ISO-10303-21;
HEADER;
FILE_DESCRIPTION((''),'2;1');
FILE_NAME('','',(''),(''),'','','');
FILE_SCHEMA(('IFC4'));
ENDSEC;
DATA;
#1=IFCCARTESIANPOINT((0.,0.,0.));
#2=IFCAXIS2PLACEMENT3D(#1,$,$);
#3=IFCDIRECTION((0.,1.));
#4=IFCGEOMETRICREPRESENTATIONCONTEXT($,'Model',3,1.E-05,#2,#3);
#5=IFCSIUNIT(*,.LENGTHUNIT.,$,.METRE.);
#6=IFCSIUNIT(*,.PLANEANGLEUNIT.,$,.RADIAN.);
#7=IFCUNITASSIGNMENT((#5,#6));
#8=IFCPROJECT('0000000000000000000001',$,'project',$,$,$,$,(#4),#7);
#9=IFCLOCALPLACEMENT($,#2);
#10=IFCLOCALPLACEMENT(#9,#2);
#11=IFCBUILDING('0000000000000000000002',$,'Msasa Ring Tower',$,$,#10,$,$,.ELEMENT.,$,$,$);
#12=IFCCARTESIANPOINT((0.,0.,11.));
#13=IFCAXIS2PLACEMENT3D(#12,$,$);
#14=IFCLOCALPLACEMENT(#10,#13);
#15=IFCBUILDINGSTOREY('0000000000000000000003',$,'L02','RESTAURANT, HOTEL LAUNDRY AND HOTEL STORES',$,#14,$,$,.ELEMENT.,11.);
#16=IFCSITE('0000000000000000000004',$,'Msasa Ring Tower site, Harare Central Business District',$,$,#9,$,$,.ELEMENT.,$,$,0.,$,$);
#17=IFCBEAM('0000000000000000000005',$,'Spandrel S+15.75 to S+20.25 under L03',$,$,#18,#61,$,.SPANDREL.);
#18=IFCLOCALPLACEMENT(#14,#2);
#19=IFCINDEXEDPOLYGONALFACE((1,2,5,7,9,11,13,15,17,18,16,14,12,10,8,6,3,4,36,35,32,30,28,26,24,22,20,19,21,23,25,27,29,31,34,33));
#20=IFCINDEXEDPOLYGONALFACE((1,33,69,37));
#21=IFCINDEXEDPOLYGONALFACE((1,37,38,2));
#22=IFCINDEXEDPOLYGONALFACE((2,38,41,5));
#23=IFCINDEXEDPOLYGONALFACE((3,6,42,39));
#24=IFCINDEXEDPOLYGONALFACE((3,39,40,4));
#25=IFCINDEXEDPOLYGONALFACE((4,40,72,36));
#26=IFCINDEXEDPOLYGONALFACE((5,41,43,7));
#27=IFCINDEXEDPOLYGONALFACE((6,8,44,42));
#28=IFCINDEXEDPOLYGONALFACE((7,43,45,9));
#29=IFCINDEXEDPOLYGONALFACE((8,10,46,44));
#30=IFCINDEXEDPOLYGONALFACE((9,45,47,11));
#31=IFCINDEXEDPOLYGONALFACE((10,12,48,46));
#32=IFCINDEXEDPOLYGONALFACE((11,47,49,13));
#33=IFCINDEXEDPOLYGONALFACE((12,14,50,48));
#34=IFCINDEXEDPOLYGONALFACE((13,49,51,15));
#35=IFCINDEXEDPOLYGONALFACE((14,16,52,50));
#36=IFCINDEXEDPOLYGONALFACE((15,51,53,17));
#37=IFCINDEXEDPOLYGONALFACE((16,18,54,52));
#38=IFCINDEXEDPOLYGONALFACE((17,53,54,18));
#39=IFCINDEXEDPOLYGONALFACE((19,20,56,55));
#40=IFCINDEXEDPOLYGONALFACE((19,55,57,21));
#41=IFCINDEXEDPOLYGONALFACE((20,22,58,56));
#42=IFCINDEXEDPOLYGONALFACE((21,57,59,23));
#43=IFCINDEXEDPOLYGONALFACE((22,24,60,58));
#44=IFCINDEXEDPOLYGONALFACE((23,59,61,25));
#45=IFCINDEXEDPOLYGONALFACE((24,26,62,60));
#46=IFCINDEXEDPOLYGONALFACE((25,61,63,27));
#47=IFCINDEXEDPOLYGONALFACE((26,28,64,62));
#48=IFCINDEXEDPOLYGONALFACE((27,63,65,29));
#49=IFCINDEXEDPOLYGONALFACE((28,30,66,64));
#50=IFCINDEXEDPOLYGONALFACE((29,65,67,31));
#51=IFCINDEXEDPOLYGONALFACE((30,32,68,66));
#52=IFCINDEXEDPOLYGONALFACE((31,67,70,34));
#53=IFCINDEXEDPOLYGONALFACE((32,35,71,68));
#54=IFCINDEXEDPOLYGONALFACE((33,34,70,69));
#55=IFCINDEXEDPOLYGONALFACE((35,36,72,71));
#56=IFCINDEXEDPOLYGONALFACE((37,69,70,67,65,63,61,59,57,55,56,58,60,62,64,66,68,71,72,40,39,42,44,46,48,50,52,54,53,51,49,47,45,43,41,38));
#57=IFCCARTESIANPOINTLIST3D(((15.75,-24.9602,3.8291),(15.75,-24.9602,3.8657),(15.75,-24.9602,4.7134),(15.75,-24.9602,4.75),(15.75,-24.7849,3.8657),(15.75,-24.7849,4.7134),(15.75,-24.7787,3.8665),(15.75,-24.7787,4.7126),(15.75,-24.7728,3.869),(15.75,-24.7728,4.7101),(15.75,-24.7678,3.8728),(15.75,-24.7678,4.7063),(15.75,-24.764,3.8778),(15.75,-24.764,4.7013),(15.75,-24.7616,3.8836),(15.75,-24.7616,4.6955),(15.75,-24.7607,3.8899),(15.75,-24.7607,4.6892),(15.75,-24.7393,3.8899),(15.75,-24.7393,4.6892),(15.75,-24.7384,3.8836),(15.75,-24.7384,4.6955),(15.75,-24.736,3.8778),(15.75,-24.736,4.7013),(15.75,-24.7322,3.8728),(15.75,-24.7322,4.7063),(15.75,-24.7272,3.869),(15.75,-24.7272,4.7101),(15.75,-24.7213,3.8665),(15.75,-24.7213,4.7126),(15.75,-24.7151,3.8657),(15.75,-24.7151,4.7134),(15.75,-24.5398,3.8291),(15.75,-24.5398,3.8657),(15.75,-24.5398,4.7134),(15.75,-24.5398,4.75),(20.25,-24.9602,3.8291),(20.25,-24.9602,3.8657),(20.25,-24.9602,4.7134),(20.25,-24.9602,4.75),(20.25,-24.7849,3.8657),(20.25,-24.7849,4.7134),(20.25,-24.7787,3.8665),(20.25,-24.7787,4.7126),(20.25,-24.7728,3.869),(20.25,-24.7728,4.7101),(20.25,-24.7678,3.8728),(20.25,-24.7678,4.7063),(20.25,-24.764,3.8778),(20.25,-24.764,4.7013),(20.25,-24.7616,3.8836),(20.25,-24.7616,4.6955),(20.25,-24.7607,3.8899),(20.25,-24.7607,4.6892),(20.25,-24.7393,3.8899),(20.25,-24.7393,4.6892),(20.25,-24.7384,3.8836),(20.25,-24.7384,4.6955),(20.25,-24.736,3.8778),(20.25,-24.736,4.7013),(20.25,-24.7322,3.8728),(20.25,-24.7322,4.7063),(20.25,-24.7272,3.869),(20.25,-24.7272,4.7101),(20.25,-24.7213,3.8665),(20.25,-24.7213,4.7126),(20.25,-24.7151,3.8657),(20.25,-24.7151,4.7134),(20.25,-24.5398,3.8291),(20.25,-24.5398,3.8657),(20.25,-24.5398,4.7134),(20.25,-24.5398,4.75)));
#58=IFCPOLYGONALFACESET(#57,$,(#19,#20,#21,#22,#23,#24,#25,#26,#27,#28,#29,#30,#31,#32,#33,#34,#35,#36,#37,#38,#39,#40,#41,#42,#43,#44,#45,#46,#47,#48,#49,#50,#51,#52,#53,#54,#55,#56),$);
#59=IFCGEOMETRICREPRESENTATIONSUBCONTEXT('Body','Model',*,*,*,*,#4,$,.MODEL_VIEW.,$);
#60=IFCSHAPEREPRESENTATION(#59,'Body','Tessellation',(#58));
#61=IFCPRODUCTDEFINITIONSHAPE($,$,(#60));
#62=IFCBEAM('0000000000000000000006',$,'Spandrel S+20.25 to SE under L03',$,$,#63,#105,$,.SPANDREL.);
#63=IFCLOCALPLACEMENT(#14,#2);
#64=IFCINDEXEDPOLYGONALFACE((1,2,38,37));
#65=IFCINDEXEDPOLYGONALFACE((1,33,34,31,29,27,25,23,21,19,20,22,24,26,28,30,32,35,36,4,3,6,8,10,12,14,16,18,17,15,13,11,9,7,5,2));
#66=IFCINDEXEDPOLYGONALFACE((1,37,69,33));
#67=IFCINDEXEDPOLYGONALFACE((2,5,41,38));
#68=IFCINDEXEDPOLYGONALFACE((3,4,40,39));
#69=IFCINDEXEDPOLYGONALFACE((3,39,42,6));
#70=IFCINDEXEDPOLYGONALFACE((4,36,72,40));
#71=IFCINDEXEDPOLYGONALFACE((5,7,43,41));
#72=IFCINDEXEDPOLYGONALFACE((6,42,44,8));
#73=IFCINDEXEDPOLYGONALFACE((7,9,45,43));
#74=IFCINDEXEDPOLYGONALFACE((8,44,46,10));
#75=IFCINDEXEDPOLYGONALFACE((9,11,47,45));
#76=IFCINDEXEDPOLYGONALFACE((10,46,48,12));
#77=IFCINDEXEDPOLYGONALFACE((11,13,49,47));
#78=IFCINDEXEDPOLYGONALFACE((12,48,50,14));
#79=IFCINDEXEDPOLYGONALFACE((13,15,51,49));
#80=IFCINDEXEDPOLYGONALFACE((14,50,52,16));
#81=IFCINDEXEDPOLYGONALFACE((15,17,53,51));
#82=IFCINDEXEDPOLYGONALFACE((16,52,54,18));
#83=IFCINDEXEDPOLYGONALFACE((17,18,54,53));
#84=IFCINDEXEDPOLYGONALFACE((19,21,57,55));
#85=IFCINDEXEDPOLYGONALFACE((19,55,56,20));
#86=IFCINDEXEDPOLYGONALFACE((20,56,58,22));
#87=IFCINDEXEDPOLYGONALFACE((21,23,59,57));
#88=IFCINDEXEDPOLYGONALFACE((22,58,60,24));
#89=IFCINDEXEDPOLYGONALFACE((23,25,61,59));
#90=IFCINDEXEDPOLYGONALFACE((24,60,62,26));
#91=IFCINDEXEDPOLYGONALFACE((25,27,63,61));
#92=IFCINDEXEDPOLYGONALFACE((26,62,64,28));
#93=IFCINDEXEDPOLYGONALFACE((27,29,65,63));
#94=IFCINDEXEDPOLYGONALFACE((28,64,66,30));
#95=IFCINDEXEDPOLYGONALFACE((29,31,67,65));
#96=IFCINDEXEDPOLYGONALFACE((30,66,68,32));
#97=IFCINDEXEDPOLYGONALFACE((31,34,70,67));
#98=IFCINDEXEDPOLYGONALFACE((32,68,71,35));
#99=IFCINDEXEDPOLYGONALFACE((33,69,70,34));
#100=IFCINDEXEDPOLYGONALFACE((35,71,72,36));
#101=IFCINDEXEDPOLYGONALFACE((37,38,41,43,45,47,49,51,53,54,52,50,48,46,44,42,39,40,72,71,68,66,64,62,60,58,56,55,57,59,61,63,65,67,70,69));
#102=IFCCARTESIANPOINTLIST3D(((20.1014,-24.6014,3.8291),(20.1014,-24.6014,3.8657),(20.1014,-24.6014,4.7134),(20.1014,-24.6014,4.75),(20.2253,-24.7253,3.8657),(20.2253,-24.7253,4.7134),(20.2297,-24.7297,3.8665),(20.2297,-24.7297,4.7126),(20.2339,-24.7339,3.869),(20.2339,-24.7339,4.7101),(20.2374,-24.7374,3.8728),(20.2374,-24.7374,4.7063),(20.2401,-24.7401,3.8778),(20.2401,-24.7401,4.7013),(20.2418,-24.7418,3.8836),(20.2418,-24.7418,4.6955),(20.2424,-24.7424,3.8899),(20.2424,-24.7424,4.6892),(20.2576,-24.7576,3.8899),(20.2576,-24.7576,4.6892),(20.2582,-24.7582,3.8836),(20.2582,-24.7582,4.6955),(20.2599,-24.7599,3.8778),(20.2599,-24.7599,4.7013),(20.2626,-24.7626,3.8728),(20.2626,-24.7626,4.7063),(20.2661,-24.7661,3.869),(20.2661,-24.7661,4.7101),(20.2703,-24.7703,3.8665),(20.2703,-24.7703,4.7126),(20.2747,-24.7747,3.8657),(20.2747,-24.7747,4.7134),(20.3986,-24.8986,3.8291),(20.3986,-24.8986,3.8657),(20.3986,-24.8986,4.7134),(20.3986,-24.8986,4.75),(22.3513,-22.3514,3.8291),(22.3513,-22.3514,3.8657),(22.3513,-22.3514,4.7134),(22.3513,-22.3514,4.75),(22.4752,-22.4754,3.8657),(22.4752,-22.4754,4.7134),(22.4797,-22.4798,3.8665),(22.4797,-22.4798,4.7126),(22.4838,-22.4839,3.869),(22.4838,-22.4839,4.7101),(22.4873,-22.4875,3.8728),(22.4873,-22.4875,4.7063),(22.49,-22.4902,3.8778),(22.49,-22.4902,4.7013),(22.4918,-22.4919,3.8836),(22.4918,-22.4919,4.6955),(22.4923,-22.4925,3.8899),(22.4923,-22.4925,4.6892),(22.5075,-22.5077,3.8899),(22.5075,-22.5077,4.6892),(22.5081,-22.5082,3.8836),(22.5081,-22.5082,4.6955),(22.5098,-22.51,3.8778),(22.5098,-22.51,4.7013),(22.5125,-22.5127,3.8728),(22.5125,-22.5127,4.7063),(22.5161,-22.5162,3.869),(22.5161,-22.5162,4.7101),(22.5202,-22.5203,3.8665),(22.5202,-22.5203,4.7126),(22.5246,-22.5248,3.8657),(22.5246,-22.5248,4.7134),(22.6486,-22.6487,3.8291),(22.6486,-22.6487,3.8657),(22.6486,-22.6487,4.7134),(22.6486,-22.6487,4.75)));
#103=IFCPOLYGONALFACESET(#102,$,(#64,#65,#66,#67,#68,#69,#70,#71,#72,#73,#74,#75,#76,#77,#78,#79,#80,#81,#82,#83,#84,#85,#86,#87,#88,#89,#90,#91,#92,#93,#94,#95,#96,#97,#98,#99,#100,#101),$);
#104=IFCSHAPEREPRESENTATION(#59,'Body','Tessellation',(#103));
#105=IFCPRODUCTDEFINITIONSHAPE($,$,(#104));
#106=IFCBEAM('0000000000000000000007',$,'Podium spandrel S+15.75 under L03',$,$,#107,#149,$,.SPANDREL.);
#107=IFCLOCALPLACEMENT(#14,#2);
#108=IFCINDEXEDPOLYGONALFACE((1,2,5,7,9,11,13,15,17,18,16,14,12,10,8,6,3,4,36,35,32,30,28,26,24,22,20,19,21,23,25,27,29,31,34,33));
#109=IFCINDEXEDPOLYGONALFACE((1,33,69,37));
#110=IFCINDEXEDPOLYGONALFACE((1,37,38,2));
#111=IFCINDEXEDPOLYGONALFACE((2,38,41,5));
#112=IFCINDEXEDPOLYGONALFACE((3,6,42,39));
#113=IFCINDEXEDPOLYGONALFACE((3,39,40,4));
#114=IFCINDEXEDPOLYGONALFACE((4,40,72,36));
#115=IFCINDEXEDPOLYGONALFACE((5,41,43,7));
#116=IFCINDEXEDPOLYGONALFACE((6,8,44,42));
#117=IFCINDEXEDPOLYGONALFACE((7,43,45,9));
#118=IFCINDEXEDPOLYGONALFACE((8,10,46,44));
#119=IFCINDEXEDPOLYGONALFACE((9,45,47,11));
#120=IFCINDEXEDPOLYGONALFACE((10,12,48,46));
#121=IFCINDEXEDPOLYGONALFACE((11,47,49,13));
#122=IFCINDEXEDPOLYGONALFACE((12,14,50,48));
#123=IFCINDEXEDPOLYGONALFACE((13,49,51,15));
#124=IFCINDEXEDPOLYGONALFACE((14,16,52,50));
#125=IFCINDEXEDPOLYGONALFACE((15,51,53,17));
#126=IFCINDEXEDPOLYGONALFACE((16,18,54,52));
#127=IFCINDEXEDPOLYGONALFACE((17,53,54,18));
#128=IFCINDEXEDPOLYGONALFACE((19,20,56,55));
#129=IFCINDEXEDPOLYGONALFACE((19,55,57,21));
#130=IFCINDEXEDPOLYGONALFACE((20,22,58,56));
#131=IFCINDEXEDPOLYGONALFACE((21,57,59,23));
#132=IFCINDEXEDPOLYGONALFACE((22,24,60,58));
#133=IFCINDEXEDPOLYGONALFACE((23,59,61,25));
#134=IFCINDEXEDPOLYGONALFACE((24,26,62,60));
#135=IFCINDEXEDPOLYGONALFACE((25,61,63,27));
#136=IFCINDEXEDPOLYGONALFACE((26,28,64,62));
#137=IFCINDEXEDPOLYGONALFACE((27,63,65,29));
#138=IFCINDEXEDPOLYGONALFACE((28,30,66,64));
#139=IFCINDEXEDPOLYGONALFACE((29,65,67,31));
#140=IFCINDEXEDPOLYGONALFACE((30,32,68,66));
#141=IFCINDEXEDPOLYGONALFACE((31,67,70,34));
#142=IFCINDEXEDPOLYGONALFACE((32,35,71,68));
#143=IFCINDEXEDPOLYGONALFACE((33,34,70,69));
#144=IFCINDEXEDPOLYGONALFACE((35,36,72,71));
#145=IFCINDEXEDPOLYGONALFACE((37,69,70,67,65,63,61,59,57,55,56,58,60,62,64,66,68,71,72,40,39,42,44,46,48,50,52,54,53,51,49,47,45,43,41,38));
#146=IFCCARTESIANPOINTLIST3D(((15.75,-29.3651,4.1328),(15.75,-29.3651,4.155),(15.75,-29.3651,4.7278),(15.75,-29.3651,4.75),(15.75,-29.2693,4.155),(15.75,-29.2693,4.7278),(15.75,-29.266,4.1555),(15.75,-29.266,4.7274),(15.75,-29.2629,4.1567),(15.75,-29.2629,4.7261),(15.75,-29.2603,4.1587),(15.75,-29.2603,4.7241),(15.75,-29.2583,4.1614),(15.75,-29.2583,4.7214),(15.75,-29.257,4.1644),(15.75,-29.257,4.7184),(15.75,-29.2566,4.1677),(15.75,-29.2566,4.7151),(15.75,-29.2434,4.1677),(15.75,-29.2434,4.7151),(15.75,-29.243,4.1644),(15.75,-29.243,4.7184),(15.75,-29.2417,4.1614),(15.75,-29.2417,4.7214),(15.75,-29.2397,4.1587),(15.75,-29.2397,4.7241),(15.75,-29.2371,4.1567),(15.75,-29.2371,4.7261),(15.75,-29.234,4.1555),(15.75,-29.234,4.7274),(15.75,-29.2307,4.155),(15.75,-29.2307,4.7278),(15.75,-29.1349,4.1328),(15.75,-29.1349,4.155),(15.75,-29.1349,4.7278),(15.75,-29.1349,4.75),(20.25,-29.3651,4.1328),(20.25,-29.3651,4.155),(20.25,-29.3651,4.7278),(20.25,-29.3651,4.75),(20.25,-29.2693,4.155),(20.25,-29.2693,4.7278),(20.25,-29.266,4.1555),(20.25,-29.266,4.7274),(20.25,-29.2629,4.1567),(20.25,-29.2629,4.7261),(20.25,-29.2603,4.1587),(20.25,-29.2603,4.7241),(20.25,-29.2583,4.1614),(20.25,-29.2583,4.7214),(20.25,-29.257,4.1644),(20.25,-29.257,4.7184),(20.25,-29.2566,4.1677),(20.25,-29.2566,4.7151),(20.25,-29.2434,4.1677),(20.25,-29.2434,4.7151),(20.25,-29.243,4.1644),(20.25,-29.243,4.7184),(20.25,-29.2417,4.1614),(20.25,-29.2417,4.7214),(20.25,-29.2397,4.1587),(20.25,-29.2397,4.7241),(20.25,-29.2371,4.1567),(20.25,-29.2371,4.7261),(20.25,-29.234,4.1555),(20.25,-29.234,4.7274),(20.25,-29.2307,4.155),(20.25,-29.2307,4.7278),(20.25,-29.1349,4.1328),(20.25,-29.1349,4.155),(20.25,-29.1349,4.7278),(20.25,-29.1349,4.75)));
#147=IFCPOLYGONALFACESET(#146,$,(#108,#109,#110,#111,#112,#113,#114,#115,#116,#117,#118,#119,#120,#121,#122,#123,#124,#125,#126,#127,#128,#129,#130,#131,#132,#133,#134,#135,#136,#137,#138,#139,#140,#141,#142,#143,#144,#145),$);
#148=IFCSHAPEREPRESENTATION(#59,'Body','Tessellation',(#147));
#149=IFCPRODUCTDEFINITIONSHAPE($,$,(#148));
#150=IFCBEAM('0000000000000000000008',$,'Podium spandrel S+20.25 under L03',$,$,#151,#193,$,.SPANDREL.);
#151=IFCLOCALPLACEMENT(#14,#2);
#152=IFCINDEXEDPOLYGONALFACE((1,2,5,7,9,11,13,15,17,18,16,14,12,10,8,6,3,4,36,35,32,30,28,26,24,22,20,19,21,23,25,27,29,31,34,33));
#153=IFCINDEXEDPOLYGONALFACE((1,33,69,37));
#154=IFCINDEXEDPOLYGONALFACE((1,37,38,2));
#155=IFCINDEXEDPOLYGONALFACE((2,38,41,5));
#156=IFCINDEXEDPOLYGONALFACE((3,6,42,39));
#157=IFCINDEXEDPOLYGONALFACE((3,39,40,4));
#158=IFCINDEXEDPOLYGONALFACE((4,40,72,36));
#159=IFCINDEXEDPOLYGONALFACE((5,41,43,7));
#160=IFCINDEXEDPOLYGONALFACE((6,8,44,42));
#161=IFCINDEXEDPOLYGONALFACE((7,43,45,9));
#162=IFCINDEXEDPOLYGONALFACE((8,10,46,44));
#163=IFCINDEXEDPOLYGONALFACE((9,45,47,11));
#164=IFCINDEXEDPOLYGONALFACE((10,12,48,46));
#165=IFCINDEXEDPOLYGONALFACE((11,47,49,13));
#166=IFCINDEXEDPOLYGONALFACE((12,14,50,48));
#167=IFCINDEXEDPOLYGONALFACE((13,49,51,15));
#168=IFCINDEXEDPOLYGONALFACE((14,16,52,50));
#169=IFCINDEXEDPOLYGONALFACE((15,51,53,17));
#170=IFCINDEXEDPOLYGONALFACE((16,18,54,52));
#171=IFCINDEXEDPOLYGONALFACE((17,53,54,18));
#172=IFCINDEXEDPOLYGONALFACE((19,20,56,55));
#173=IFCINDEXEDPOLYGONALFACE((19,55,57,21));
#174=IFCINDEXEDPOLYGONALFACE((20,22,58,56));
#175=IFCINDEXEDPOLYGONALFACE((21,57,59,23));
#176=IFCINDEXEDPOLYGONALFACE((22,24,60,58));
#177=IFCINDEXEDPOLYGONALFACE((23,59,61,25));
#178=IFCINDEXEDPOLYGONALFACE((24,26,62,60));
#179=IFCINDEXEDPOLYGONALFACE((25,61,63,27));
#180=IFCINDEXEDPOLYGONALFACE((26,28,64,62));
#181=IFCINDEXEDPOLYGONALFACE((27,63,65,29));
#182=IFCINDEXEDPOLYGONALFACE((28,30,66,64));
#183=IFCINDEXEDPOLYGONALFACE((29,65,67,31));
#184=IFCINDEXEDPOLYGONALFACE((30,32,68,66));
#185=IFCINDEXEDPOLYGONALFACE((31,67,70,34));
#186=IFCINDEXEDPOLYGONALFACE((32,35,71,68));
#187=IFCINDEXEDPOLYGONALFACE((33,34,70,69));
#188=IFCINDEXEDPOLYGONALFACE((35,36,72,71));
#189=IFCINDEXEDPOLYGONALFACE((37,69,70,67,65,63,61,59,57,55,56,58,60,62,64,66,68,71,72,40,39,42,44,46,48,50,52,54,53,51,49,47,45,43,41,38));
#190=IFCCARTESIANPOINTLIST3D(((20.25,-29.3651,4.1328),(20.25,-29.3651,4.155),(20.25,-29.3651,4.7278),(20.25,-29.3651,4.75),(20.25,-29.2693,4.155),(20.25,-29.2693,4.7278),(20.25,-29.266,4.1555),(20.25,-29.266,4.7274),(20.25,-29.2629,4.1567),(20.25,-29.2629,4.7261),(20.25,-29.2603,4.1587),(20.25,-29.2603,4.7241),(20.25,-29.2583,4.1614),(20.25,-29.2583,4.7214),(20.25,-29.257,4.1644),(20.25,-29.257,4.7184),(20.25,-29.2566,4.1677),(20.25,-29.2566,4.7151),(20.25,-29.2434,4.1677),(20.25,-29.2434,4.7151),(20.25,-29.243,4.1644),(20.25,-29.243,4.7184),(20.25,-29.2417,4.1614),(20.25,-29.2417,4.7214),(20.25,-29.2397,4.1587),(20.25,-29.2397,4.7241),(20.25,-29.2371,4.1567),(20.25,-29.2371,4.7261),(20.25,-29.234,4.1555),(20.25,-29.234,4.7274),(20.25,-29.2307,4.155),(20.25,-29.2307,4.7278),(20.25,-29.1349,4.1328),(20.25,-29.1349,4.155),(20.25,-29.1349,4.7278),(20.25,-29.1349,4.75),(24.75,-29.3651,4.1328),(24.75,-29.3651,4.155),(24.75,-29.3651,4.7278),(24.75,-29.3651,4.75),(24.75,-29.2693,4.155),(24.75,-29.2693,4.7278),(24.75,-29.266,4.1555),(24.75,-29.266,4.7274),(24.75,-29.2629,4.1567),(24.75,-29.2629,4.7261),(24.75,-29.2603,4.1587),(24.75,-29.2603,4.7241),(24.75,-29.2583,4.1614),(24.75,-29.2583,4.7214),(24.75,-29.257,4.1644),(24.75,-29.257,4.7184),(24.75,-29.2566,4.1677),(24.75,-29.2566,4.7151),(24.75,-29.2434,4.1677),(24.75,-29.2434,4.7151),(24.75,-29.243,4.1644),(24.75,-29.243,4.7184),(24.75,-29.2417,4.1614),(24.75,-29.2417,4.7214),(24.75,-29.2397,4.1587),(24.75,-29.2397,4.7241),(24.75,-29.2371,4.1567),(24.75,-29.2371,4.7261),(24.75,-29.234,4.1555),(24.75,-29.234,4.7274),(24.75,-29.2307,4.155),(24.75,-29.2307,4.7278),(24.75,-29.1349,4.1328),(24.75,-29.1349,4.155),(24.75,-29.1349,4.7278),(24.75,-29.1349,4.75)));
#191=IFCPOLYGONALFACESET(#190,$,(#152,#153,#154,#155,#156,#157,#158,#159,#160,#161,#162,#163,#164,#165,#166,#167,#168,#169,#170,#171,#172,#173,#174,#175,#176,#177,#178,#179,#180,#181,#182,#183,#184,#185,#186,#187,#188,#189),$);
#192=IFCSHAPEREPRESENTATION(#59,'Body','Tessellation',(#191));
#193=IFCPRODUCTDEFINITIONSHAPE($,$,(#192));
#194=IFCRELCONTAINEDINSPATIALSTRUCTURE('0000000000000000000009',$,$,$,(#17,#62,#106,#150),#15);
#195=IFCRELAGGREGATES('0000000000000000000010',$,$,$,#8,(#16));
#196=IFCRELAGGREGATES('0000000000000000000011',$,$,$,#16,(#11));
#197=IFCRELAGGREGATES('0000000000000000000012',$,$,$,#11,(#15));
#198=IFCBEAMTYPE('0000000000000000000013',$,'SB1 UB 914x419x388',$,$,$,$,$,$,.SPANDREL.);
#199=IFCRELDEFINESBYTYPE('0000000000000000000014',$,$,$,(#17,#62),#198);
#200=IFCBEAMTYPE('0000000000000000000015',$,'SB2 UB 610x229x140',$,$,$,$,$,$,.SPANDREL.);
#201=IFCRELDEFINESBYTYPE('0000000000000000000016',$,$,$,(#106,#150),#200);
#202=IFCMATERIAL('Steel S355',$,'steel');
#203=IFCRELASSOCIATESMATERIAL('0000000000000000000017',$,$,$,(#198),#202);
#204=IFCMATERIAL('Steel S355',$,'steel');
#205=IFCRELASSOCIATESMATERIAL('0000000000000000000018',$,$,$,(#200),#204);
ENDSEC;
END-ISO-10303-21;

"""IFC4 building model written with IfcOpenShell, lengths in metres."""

from ifc_helpers import new_model, si_unit, direction, frame, origin, origin_2d, place, context, subcontext, project, spatial, i_section, extrude, material, material_profile, profile_set, type_object, element, save


model = new_model("IFC4")

# Units and contexts
model_context = context("Model", 3, precision=1e-05, world=origin(), true_north=direction((0.0, 1.0)))
body_context = subcontext(model_context, "Body", "Model", "MODEL_VIEW")
ifc_project = project(units=[si_unit("LENGTHUNIT", "METRE"), si_unit("PLANEANGLEUNIT", "RADIAN")], contexts=[model_context])

# Site, building, storey
site_placement = place(None, origin())
site = spatial("IfcSite", under=ifc_project, at=site_placement, Name="Msasa Ring Tower site, Harare Central Business District", CompositionType="ELEMENT", RefElevation=0.0)
building_placement = place(site_placement, origin())
building = spatial("IfcBuilding", under=site, at=building_placement, Name="Msasa Ring Tower", CompositionType="ELEMENT")
storey_placement = place(building_placement, frame((0.0, 0.0, 11.0)))
storey = spatial("IfcBuildingStorey", under=building, at=storey_placement, Name="L02", Description="RESTAURANT, HOTEL LAUNDRY AND HOTEL STORES", CompositionType="ELEMENT", Elevation=11.0)

# Beams
ifc_material_1 = material(Name="Steel S355", Category="steel")
ifc_material_profile_1 = material_profile(ifc_material_1, i_section(OverallWidth=0.4204, OverallDepth=0.9209, WebThickness=0.0215, FlangeThickness=0.0366, FilletRadius=0.0242, at=origin_2d()), Name="UB 914x419x388")
ifc_profile_set_1 = profile_set([ifc_material_profile_1], Name="Steel S355")
beam_type_1 = type_object("IfcBeamType", Name="SB1 UB 914x419x388", PredefinedType="SPANDREL", material=ifc_profile_set_1)
for number, where, z_axis, x_axis, name in (
    (1, (15.75, -24.75, 4.2896), (1.0, 0.0, 0.0), (0.0, 1.0, 0.0), "Spandrel S+15.75 to S+20.25 under L03"),
):
    element("IfcBeam", number, at=place(storey_placement, frame(where, z_axis=z_axis, x_axis=x_axis)), inside=storey, type_object=beam_type_1, Name=name, PredefinedType="SPANDREL", context=body_context, shape_type="SweptSolid", body=[
        extrude(i_section(OverallWidth=0.4204, OverallDepth=0.9209, WebThickness=0.0215, FlangeThickness=0.0366, FilletRadius=0.0242, at=origin_2d()), origin(), (0.0, 0.0, 1.0), 4.5),
    ])
beam_placement = place(storey_placement, frame((20.25, -24.75, 4.2896), z_axis=(0.707107, 0.707107, 0.0), x_axis=(-0.707107, 0.707107, 0.0)))
element("IfcBeam", 2, at=beam_placement, inside=storey, type_object=beam_type_1, Name="Spandrel S+20.25 to SE under L03", PredefinedType="SPANDREL", context=body_context, shape_type="SweptSolid", body=[
    extrude(i_section(OverallWidth=0.4204, OverallDepth=0.9209, WebThickness=0.0215, FlangeThickness=0.0366, FilletRadius=0.0242, at=origin_2d()), origin(), (0.0, 0.0, 1.0), 3.1819),
])
ifc_material_2 = material(Name="Steel S355", Category="steel")
ifc_material_profile_2 = material_profile(ifc_material_2, i_section(OverallWidth=0.2302, OverallDepth=0.6172, WebThickness=0.0132, FlangeThickness=0.0222, FilletRadius=0.0127, at=origin_2d()), Name="UB 610x229x140")
ifc_profile_set_2 = profile_set([ifc_material_profile_2], Name="Steel S355")
beam_type_2 = type_object("IfcBeamType", Name="SB2 UB 610x229x140", PredefinedType="SPANDREL", material=ifc_profile_set_2)
for number, where, z_axis, x_axis, name in (
    (3, (15.75, -29.25, 4.4414), (1.0, 0.0, 0.0), (0.0, 1.0, 0.0), "Podium spandrel S+15.75 under L03"),
    (4, (20.25, -29.25, 4.4414), (1.0, 0.0, 0.0), (0.0, 1.0, 0.0), "Podium spandrel S+20.25 under L03"),
):
    element("IfcBeam", number, at=place(storey_placement, frame(where, z_axis=z_axis, x_axis=x_axis)), inside=storey, type_object=beam_type_2, Name=name, PredefinedType="SPANDREL", context=body_context, shape_type="SweptSolid", body=[
        extrude(i_section(OverallWidth=0.2302, OverallDepth=0.6172, WebThickness=0.0132, FlangeThickness=0.0222, FilletRadius=0.0127, at=origin_2d()), origin(), (0.0, 0.0, 1.0), 4.5),
    ])

save(model, "model.ifc")
